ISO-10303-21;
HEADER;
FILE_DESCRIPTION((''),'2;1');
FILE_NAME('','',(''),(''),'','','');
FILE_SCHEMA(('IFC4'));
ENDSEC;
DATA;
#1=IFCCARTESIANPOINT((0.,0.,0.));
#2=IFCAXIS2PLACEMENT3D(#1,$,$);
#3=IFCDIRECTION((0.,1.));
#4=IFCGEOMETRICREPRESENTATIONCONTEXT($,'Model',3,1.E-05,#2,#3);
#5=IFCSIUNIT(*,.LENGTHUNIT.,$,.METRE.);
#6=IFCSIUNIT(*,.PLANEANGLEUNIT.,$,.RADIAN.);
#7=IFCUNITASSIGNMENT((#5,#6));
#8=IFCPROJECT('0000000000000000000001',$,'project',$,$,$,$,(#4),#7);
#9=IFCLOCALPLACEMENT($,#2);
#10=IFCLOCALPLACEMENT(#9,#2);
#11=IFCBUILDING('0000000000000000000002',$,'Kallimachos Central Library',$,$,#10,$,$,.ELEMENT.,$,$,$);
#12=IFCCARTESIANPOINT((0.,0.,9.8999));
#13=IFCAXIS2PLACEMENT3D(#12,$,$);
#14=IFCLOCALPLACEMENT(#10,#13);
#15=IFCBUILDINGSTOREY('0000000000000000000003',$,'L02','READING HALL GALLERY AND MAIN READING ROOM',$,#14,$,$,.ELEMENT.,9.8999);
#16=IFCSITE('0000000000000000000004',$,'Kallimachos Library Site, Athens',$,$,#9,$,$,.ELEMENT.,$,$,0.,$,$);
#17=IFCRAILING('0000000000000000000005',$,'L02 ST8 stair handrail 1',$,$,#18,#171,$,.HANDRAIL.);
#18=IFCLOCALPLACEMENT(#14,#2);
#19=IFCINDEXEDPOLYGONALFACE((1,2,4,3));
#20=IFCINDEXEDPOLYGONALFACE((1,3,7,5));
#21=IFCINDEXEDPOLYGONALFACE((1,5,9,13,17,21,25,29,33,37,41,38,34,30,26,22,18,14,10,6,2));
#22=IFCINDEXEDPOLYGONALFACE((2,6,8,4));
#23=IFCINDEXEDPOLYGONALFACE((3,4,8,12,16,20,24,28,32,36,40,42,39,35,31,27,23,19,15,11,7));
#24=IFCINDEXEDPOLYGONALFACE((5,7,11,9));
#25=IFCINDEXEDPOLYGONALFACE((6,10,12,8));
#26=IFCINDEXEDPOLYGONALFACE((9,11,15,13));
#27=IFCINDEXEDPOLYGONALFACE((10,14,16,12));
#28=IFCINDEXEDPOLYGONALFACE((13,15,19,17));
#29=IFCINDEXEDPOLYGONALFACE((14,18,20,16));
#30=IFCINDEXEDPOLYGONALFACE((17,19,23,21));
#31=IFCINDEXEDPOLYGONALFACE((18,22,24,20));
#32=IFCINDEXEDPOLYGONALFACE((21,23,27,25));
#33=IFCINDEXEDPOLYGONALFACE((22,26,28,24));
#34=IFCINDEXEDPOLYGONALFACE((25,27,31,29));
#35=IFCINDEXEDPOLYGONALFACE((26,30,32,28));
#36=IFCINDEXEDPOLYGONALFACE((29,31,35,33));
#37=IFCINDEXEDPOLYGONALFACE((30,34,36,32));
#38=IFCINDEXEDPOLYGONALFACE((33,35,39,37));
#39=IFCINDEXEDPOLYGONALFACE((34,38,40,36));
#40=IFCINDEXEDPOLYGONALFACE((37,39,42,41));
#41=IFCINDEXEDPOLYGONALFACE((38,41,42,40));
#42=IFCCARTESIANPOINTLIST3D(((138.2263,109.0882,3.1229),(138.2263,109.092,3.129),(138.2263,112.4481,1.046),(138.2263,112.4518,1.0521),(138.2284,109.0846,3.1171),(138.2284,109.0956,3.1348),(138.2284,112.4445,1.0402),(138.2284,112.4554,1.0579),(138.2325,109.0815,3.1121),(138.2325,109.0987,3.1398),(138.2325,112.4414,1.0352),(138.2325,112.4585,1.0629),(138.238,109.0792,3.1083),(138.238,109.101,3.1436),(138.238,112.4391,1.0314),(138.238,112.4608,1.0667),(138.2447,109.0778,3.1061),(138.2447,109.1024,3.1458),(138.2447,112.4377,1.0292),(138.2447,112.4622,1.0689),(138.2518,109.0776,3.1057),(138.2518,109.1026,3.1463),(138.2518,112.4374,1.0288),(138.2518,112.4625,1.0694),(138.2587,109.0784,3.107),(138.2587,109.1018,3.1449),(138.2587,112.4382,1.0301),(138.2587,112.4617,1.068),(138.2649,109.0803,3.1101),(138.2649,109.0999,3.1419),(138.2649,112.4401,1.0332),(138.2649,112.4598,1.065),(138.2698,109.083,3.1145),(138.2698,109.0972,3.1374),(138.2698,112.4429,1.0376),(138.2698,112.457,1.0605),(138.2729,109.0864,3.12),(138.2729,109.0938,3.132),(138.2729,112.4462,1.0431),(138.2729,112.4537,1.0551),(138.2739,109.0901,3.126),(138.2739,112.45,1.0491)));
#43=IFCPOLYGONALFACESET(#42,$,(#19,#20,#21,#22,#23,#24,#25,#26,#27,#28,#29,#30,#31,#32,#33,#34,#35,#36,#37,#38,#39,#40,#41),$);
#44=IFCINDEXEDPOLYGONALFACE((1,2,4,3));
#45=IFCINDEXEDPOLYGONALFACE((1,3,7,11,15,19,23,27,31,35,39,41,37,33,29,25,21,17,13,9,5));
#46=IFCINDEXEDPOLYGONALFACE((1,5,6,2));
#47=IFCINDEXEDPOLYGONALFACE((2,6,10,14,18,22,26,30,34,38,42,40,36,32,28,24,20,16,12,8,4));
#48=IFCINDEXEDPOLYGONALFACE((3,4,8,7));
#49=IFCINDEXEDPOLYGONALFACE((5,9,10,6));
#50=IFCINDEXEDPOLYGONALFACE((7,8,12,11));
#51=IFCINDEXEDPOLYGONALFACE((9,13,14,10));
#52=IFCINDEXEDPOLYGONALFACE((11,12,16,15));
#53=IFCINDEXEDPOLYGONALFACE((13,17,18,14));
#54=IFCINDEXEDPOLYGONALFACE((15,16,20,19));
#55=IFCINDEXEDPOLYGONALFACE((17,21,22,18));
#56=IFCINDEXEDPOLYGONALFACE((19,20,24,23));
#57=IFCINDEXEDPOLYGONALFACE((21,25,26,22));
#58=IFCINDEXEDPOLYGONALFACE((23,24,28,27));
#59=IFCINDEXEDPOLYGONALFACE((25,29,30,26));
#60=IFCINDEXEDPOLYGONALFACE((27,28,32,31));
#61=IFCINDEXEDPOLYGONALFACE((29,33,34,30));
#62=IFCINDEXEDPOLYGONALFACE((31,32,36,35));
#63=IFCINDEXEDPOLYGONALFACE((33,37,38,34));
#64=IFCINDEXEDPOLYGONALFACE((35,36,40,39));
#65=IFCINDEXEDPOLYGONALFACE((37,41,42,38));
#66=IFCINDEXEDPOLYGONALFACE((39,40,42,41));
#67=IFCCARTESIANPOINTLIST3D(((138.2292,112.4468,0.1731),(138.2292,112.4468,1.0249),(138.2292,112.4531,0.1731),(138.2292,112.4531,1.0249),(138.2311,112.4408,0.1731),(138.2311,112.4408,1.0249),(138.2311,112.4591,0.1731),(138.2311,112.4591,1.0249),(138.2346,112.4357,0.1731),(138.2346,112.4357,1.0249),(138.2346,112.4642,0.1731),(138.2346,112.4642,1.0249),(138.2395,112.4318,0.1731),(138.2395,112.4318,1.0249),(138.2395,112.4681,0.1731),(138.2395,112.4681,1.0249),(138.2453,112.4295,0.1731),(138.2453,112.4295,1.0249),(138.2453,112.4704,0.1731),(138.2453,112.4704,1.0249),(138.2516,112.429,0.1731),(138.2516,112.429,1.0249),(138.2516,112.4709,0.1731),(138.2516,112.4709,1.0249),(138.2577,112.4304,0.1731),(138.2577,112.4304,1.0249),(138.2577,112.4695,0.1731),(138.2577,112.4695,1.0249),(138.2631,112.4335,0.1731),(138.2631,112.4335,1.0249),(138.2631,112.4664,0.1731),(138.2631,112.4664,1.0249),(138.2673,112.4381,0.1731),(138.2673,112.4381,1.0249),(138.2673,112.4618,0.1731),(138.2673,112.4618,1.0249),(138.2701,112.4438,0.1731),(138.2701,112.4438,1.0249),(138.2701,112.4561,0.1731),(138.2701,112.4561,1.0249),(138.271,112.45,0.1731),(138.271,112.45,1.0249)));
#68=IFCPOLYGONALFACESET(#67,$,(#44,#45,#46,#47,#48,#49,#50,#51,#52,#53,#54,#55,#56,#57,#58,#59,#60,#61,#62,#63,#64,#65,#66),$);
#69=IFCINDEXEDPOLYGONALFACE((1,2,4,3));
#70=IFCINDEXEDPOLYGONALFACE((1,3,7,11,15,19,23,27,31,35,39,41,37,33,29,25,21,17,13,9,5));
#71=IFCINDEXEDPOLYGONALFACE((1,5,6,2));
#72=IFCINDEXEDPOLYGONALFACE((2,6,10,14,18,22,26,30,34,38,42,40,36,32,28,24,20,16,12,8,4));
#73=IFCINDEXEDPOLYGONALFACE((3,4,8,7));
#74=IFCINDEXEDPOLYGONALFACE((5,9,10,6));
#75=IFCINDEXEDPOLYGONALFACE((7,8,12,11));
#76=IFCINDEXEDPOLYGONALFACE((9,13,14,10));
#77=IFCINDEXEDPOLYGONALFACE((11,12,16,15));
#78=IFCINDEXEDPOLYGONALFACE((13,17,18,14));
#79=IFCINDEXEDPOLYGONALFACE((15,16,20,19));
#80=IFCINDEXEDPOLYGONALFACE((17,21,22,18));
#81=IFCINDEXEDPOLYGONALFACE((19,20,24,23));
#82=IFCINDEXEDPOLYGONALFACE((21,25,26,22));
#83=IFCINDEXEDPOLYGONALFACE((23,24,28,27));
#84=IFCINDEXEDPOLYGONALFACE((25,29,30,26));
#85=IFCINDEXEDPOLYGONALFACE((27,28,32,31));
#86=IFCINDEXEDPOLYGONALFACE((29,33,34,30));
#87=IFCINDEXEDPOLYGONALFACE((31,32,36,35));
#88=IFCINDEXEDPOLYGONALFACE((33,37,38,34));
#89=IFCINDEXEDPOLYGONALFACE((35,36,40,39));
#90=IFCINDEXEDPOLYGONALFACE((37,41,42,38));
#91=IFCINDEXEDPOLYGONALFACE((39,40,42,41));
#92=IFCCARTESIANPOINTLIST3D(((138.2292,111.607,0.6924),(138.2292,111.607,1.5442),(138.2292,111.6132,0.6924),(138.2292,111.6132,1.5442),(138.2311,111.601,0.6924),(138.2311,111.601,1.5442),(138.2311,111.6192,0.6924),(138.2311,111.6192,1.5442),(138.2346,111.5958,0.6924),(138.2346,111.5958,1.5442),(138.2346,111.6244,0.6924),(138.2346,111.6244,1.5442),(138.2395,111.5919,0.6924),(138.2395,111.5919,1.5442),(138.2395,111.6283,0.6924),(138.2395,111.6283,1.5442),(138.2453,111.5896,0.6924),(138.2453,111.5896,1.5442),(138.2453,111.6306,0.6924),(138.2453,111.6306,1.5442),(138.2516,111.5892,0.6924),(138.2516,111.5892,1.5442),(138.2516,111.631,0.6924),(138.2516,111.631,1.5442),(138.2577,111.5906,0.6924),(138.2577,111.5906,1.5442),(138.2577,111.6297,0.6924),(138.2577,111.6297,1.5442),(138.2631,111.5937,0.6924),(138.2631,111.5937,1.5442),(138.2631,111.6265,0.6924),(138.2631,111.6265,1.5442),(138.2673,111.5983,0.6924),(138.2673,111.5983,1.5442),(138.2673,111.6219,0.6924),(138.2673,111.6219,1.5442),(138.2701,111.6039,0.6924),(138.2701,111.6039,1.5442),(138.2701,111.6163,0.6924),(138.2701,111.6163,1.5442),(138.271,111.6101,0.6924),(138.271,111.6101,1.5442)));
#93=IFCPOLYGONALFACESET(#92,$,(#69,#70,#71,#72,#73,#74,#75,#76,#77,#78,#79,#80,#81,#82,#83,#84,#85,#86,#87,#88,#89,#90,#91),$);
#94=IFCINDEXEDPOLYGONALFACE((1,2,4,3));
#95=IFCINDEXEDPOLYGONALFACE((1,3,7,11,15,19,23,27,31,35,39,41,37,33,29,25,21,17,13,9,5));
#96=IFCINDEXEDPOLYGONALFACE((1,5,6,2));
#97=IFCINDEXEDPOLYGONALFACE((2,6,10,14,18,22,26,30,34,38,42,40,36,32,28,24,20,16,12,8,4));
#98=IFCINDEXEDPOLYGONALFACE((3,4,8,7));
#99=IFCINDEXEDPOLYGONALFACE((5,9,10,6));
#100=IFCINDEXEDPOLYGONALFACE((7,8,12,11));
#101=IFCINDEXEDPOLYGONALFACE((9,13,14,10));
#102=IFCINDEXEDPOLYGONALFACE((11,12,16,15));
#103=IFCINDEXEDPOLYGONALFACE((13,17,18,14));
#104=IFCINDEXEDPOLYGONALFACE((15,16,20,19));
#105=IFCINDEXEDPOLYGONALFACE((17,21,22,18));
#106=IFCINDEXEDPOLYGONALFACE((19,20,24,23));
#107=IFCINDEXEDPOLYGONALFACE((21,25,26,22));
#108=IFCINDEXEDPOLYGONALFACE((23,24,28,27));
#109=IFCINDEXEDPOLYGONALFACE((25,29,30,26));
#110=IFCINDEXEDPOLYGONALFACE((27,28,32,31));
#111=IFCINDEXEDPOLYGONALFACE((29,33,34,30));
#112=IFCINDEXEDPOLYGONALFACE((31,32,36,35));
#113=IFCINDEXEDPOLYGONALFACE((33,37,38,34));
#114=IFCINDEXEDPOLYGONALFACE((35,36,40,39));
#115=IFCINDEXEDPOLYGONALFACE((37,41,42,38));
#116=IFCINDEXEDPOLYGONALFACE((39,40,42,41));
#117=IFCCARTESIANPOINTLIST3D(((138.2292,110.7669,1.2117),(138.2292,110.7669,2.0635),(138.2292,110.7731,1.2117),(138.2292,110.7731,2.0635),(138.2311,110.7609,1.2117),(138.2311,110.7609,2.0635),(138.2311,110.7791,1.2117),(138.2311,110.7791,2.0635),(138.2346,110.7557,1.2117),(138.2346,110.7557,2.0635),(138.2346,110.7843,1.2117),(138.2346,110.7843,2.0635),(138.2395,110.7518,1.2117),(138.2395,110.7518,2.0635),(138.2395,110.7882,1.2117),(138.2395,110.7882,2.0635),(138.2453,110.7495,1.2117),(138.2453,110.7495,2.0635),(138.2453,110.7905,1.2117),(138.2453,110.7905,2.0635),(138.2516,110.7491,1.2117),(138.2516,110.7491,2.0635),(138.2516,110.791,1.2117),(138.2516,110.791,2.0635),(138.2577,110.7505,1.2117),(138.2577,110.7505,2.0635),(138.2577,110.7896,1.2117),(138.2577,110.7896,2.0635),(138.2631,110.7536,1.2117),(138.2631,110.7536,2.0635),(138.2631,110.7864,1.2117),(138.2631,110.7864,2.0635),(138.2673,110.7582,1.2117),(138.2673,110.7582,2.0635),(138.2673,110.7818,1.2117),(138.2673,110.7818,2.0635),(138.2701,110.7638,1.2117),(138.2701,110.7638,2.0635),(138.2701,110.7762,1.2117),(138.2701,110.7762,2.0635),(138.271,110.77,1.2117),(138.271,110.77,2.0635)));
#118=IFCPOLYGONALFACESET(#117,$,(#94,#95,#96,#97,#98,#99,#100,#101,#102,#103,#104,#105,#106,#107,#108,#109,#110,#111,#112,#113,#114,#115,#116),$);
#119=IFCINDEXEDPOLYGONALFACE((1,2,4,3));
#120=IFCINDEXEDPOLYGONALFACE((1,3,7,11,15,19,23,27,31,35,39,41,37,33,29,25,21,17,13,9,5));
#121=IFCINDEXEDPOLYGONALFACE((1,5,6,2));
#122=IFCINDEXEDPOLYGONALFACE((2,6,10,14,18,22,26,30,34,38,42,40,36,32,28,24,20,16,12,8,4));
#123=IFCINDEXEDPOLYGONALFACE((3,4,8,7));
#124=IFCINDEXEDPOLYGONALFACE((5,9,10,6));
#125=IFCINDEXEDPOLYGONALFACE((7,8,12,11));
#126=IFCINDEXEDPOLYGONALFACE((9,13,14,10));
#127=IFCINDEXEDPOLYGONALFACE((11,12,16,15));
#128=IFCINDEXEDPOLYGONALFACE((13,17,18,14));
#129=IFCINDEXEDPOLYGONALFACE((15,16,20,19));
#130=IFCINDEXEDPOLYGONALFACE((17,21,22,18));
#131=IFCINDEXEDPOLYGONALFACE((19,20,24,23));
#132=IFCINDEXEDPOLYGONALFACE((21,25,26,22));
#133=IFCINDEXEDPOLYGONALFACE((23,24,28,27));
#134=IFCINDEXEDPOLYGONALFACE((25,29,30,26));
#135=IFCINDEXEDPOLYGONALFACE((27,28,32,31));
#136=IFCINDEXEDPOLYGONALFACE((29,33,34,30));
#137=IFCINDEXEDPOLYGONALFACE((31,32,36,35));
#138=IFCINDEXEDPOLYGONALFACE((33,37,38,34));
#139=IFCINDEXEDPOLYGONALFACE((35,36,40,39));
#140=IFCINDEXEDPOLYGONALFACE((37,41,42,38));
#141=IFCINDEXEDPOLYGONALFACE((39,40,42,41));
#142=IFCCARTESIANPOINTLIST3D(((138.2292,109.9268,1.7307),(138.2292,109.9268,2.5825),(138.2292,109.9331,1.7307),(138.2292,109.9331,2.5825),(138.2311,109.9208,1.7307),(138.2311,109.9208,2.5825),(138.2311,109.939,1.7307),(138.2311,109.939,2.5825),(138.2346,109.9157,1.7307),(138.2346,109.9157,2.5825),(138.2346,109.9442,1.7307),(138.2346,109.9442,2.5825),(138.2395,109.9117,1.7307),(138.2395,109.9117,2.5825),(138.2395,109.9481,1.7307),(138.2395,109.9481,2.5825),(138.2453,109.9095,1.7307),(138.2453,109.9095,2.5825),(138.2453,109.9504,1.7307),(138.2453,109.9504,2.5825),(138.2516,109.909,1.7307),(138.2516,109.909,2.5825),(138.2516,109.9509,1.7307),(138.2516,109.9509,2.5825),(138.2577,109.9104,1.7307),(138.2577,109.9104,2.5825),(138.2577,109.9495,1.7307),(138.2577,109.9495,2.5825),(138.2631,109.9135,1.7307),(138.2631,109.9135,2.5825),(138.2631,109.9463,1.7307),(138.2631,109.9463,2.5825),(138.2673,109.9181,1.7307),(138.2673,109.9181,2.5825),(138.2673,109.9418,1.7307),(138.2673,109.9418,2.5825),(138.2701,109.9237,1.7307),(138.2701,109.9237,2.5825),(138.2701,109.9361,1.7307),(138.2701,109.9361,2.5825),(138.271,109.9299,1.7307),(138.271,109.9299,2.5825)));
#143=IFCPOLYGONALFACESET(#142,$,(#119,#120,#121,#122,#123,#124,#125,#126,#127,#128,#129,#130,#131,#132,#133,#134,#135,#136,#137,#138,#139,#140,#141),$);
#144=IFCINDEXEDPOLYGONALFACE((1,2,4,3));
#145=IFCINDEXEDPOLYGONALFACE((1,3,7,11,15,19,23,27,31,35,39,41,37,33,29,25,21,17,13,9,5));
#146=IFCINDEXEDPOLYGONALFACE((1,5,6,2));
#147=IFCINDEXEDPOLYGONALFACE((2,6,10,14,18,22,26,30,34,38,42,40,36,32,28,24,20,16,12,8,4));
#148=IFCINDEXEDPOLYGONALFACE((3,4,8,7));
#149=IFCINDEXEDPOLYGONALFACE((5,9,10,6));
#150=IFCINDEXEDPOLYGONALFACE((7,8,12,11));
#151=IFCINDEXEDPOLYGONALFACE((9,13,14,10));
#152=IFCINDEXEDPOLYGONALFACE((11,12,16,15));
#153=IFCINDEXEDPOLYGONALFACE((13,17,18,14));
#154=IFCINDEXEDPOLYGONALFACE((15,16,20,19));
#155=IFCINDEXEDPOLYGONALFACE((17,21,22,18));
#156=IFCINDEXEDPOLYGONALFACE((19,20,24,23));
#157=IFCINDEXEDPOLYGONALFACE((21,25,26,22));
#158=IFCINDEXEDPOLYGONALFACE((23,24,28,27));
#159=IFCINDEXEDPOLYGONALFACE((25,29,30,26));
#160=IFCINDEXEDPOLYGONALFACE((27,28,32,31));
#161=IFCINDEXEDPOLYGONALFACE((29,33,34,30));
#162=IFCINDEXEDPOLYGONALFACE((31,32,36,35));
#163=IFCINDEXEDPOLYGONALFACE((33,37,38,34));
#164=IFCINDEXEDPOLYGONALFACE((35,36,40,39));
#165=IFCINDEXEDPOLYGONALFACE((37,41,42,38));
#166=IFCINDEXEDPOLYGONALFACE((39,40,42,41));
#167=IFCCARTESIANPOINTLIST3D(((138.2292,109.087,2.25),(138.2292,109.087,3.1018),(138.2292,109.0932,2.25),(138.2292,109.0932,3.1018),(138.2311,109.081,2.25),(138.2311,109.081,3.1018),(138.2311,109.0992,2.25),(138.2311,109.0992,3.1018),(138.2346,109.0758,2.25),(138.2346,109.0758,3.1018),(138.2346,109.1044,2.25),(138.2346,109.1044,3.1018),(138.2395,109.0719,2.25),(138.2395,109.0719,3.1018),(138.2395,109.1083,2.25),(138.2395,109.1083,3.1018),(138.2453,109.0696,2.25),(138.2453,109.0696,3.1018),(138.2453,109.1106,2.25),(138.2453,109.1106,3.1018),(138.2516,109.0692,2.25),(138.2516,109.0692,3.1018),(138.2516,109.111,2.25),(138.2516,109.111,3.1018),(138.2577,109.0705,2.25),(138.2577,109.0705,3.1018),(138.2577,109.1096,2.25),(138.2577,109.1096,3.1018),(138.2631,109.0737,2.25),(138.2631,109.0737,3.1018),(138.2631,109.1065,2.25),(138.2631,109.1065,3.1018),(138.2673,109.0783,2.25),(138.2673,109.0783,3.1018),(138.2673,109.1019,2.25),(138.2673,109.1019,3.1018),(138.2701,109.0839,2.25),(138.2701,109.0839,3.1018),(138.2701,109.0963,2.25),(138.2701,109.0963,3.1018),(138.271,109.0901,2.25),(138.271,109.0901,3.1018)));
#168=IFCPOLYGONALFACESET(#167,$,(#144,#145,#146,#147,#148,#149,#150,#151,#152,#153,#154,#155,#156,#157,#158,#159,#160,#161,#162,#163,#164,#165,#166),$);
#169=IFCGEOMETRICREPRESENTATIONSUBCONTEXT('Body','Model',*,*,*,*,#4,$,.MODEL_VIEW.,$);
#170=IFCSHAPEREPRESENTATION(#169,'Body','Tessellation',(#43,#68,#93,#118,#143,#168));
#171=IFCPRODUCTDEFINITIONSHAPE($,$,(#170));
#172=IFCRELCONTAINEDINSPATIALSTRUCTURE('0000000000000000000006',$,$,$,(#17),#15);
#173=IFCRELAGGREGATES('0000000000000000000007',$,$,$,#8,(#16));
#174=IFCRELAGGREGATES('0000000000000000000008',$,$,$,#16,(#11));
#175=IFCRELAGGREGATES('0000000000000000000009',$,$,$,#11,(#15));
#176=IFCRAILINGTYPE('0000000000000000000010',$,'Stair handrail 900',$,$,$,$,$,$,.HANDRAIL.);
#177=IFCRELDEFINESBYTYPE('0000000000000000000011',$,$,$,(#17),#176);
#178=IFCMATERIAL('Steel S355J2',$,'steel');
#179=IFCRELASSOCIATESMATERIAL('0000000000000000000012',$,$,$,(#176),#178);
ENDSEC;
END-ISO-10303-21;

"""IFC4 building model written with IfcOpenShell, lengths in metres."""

from ifc_helpers import new_model, si_unit, direction, frame, origin, origin_2d, place, context, subcontext, project, spatial, circle, extrude, material, type_object, element, save


model = new_model("IFC4")

# Units and contexts
model_context = context("Model", 3, precision=1e-05, world=origin(), true_north=direction((0.0, 1.0)))
body_context = subcontext(model_context, "Body", "Model", "MODEL_VIEW")
ifc_project = project(units=[si_unit("LENGTHUNIT", "METRE"), si_unit("PLANEANGLEUNIT", "RADIAN")], contexts=[model_context])

# Site, building, storey
site_placement = place(None, origin())
site = spatial("IfcSite", under=ifc_project, at=site_placement, Name="Kallimachos Library Site, Athens", CompositionType="ELEMENT", RefElevation=0.0)
building_placement = place(site_placement, origin())
building = spatial("IfcBuilding", under=site, at=building_placement, Name="Kallimachos Central Library", CompositionType="ELEMENT")
storey_placement = place(building_placement, frame((0.0, 0.0, 9.8999)))
storey = spatial("IfcBuildingStorey", under=building, at=storey_placement, Name="L02", Description="READING HALL GALLERY AND MAIN READING ROOM", CompositionType="ELEMENT", Elevation=9.8999)

# Railing
ifc_material_1 = material(Name="Steel S355J2", Category="steel")
railing_type_1 = type_object("IfcRailingType", Name="Stair handrail 900", PredefinedType="HANDRAIL", material=ifc_material_1)
railing_1_placement = place(storey_placement, frame((138.25, 112.45, 0.1731)))
element("IfcRailing", 1, at=railing_1_placement, inside=storey, type_object=railing_type_1, Name="L02 ST8 stair handrail 1", PredefinedType="HANDRAIL", context=body_context, shape_type="SweptSolid", body=[
    extrude(circle(Radius=0.0239, at=origin_2d()), frame((0.0, 0.0, 0.876), z_axis=(0.0, -0.850606, 0.525803), x_axis=(1.0, 0.0, 0.0)), (0.0, 0.0, 1.0), 3.95),
    extrude(circle(Radius=0.021, at=origin_2d()), origin(), (0.0, 0.0, 1.0), 0.8518),
    extrude(circle(Radius=0.021, at=origin_2d()), frame((0.0, -0.8398, 0.5193)), (0.0, 0.0, 1.0), 0.8518),
    extrude(circle(Radius=0.021, at=origin_2d()), frame((0.0, -1.6799, 1.0386)), (0.0, 0.0, 1.0), 0.8518),
    extrude(circle(Radius=0.021, at=origin_2d()), frame((0.0, -2.52, 1.5576)), (0.0, 0.0, 1.0), 0.8518),
    extrude(circle(Radius=0.021, at=origin_2d()), frame((0.0, -3.3599, 2.0769)), (0.0, 0.0, 1.0), 0.8518),
])

save(model, "model.ifc")
